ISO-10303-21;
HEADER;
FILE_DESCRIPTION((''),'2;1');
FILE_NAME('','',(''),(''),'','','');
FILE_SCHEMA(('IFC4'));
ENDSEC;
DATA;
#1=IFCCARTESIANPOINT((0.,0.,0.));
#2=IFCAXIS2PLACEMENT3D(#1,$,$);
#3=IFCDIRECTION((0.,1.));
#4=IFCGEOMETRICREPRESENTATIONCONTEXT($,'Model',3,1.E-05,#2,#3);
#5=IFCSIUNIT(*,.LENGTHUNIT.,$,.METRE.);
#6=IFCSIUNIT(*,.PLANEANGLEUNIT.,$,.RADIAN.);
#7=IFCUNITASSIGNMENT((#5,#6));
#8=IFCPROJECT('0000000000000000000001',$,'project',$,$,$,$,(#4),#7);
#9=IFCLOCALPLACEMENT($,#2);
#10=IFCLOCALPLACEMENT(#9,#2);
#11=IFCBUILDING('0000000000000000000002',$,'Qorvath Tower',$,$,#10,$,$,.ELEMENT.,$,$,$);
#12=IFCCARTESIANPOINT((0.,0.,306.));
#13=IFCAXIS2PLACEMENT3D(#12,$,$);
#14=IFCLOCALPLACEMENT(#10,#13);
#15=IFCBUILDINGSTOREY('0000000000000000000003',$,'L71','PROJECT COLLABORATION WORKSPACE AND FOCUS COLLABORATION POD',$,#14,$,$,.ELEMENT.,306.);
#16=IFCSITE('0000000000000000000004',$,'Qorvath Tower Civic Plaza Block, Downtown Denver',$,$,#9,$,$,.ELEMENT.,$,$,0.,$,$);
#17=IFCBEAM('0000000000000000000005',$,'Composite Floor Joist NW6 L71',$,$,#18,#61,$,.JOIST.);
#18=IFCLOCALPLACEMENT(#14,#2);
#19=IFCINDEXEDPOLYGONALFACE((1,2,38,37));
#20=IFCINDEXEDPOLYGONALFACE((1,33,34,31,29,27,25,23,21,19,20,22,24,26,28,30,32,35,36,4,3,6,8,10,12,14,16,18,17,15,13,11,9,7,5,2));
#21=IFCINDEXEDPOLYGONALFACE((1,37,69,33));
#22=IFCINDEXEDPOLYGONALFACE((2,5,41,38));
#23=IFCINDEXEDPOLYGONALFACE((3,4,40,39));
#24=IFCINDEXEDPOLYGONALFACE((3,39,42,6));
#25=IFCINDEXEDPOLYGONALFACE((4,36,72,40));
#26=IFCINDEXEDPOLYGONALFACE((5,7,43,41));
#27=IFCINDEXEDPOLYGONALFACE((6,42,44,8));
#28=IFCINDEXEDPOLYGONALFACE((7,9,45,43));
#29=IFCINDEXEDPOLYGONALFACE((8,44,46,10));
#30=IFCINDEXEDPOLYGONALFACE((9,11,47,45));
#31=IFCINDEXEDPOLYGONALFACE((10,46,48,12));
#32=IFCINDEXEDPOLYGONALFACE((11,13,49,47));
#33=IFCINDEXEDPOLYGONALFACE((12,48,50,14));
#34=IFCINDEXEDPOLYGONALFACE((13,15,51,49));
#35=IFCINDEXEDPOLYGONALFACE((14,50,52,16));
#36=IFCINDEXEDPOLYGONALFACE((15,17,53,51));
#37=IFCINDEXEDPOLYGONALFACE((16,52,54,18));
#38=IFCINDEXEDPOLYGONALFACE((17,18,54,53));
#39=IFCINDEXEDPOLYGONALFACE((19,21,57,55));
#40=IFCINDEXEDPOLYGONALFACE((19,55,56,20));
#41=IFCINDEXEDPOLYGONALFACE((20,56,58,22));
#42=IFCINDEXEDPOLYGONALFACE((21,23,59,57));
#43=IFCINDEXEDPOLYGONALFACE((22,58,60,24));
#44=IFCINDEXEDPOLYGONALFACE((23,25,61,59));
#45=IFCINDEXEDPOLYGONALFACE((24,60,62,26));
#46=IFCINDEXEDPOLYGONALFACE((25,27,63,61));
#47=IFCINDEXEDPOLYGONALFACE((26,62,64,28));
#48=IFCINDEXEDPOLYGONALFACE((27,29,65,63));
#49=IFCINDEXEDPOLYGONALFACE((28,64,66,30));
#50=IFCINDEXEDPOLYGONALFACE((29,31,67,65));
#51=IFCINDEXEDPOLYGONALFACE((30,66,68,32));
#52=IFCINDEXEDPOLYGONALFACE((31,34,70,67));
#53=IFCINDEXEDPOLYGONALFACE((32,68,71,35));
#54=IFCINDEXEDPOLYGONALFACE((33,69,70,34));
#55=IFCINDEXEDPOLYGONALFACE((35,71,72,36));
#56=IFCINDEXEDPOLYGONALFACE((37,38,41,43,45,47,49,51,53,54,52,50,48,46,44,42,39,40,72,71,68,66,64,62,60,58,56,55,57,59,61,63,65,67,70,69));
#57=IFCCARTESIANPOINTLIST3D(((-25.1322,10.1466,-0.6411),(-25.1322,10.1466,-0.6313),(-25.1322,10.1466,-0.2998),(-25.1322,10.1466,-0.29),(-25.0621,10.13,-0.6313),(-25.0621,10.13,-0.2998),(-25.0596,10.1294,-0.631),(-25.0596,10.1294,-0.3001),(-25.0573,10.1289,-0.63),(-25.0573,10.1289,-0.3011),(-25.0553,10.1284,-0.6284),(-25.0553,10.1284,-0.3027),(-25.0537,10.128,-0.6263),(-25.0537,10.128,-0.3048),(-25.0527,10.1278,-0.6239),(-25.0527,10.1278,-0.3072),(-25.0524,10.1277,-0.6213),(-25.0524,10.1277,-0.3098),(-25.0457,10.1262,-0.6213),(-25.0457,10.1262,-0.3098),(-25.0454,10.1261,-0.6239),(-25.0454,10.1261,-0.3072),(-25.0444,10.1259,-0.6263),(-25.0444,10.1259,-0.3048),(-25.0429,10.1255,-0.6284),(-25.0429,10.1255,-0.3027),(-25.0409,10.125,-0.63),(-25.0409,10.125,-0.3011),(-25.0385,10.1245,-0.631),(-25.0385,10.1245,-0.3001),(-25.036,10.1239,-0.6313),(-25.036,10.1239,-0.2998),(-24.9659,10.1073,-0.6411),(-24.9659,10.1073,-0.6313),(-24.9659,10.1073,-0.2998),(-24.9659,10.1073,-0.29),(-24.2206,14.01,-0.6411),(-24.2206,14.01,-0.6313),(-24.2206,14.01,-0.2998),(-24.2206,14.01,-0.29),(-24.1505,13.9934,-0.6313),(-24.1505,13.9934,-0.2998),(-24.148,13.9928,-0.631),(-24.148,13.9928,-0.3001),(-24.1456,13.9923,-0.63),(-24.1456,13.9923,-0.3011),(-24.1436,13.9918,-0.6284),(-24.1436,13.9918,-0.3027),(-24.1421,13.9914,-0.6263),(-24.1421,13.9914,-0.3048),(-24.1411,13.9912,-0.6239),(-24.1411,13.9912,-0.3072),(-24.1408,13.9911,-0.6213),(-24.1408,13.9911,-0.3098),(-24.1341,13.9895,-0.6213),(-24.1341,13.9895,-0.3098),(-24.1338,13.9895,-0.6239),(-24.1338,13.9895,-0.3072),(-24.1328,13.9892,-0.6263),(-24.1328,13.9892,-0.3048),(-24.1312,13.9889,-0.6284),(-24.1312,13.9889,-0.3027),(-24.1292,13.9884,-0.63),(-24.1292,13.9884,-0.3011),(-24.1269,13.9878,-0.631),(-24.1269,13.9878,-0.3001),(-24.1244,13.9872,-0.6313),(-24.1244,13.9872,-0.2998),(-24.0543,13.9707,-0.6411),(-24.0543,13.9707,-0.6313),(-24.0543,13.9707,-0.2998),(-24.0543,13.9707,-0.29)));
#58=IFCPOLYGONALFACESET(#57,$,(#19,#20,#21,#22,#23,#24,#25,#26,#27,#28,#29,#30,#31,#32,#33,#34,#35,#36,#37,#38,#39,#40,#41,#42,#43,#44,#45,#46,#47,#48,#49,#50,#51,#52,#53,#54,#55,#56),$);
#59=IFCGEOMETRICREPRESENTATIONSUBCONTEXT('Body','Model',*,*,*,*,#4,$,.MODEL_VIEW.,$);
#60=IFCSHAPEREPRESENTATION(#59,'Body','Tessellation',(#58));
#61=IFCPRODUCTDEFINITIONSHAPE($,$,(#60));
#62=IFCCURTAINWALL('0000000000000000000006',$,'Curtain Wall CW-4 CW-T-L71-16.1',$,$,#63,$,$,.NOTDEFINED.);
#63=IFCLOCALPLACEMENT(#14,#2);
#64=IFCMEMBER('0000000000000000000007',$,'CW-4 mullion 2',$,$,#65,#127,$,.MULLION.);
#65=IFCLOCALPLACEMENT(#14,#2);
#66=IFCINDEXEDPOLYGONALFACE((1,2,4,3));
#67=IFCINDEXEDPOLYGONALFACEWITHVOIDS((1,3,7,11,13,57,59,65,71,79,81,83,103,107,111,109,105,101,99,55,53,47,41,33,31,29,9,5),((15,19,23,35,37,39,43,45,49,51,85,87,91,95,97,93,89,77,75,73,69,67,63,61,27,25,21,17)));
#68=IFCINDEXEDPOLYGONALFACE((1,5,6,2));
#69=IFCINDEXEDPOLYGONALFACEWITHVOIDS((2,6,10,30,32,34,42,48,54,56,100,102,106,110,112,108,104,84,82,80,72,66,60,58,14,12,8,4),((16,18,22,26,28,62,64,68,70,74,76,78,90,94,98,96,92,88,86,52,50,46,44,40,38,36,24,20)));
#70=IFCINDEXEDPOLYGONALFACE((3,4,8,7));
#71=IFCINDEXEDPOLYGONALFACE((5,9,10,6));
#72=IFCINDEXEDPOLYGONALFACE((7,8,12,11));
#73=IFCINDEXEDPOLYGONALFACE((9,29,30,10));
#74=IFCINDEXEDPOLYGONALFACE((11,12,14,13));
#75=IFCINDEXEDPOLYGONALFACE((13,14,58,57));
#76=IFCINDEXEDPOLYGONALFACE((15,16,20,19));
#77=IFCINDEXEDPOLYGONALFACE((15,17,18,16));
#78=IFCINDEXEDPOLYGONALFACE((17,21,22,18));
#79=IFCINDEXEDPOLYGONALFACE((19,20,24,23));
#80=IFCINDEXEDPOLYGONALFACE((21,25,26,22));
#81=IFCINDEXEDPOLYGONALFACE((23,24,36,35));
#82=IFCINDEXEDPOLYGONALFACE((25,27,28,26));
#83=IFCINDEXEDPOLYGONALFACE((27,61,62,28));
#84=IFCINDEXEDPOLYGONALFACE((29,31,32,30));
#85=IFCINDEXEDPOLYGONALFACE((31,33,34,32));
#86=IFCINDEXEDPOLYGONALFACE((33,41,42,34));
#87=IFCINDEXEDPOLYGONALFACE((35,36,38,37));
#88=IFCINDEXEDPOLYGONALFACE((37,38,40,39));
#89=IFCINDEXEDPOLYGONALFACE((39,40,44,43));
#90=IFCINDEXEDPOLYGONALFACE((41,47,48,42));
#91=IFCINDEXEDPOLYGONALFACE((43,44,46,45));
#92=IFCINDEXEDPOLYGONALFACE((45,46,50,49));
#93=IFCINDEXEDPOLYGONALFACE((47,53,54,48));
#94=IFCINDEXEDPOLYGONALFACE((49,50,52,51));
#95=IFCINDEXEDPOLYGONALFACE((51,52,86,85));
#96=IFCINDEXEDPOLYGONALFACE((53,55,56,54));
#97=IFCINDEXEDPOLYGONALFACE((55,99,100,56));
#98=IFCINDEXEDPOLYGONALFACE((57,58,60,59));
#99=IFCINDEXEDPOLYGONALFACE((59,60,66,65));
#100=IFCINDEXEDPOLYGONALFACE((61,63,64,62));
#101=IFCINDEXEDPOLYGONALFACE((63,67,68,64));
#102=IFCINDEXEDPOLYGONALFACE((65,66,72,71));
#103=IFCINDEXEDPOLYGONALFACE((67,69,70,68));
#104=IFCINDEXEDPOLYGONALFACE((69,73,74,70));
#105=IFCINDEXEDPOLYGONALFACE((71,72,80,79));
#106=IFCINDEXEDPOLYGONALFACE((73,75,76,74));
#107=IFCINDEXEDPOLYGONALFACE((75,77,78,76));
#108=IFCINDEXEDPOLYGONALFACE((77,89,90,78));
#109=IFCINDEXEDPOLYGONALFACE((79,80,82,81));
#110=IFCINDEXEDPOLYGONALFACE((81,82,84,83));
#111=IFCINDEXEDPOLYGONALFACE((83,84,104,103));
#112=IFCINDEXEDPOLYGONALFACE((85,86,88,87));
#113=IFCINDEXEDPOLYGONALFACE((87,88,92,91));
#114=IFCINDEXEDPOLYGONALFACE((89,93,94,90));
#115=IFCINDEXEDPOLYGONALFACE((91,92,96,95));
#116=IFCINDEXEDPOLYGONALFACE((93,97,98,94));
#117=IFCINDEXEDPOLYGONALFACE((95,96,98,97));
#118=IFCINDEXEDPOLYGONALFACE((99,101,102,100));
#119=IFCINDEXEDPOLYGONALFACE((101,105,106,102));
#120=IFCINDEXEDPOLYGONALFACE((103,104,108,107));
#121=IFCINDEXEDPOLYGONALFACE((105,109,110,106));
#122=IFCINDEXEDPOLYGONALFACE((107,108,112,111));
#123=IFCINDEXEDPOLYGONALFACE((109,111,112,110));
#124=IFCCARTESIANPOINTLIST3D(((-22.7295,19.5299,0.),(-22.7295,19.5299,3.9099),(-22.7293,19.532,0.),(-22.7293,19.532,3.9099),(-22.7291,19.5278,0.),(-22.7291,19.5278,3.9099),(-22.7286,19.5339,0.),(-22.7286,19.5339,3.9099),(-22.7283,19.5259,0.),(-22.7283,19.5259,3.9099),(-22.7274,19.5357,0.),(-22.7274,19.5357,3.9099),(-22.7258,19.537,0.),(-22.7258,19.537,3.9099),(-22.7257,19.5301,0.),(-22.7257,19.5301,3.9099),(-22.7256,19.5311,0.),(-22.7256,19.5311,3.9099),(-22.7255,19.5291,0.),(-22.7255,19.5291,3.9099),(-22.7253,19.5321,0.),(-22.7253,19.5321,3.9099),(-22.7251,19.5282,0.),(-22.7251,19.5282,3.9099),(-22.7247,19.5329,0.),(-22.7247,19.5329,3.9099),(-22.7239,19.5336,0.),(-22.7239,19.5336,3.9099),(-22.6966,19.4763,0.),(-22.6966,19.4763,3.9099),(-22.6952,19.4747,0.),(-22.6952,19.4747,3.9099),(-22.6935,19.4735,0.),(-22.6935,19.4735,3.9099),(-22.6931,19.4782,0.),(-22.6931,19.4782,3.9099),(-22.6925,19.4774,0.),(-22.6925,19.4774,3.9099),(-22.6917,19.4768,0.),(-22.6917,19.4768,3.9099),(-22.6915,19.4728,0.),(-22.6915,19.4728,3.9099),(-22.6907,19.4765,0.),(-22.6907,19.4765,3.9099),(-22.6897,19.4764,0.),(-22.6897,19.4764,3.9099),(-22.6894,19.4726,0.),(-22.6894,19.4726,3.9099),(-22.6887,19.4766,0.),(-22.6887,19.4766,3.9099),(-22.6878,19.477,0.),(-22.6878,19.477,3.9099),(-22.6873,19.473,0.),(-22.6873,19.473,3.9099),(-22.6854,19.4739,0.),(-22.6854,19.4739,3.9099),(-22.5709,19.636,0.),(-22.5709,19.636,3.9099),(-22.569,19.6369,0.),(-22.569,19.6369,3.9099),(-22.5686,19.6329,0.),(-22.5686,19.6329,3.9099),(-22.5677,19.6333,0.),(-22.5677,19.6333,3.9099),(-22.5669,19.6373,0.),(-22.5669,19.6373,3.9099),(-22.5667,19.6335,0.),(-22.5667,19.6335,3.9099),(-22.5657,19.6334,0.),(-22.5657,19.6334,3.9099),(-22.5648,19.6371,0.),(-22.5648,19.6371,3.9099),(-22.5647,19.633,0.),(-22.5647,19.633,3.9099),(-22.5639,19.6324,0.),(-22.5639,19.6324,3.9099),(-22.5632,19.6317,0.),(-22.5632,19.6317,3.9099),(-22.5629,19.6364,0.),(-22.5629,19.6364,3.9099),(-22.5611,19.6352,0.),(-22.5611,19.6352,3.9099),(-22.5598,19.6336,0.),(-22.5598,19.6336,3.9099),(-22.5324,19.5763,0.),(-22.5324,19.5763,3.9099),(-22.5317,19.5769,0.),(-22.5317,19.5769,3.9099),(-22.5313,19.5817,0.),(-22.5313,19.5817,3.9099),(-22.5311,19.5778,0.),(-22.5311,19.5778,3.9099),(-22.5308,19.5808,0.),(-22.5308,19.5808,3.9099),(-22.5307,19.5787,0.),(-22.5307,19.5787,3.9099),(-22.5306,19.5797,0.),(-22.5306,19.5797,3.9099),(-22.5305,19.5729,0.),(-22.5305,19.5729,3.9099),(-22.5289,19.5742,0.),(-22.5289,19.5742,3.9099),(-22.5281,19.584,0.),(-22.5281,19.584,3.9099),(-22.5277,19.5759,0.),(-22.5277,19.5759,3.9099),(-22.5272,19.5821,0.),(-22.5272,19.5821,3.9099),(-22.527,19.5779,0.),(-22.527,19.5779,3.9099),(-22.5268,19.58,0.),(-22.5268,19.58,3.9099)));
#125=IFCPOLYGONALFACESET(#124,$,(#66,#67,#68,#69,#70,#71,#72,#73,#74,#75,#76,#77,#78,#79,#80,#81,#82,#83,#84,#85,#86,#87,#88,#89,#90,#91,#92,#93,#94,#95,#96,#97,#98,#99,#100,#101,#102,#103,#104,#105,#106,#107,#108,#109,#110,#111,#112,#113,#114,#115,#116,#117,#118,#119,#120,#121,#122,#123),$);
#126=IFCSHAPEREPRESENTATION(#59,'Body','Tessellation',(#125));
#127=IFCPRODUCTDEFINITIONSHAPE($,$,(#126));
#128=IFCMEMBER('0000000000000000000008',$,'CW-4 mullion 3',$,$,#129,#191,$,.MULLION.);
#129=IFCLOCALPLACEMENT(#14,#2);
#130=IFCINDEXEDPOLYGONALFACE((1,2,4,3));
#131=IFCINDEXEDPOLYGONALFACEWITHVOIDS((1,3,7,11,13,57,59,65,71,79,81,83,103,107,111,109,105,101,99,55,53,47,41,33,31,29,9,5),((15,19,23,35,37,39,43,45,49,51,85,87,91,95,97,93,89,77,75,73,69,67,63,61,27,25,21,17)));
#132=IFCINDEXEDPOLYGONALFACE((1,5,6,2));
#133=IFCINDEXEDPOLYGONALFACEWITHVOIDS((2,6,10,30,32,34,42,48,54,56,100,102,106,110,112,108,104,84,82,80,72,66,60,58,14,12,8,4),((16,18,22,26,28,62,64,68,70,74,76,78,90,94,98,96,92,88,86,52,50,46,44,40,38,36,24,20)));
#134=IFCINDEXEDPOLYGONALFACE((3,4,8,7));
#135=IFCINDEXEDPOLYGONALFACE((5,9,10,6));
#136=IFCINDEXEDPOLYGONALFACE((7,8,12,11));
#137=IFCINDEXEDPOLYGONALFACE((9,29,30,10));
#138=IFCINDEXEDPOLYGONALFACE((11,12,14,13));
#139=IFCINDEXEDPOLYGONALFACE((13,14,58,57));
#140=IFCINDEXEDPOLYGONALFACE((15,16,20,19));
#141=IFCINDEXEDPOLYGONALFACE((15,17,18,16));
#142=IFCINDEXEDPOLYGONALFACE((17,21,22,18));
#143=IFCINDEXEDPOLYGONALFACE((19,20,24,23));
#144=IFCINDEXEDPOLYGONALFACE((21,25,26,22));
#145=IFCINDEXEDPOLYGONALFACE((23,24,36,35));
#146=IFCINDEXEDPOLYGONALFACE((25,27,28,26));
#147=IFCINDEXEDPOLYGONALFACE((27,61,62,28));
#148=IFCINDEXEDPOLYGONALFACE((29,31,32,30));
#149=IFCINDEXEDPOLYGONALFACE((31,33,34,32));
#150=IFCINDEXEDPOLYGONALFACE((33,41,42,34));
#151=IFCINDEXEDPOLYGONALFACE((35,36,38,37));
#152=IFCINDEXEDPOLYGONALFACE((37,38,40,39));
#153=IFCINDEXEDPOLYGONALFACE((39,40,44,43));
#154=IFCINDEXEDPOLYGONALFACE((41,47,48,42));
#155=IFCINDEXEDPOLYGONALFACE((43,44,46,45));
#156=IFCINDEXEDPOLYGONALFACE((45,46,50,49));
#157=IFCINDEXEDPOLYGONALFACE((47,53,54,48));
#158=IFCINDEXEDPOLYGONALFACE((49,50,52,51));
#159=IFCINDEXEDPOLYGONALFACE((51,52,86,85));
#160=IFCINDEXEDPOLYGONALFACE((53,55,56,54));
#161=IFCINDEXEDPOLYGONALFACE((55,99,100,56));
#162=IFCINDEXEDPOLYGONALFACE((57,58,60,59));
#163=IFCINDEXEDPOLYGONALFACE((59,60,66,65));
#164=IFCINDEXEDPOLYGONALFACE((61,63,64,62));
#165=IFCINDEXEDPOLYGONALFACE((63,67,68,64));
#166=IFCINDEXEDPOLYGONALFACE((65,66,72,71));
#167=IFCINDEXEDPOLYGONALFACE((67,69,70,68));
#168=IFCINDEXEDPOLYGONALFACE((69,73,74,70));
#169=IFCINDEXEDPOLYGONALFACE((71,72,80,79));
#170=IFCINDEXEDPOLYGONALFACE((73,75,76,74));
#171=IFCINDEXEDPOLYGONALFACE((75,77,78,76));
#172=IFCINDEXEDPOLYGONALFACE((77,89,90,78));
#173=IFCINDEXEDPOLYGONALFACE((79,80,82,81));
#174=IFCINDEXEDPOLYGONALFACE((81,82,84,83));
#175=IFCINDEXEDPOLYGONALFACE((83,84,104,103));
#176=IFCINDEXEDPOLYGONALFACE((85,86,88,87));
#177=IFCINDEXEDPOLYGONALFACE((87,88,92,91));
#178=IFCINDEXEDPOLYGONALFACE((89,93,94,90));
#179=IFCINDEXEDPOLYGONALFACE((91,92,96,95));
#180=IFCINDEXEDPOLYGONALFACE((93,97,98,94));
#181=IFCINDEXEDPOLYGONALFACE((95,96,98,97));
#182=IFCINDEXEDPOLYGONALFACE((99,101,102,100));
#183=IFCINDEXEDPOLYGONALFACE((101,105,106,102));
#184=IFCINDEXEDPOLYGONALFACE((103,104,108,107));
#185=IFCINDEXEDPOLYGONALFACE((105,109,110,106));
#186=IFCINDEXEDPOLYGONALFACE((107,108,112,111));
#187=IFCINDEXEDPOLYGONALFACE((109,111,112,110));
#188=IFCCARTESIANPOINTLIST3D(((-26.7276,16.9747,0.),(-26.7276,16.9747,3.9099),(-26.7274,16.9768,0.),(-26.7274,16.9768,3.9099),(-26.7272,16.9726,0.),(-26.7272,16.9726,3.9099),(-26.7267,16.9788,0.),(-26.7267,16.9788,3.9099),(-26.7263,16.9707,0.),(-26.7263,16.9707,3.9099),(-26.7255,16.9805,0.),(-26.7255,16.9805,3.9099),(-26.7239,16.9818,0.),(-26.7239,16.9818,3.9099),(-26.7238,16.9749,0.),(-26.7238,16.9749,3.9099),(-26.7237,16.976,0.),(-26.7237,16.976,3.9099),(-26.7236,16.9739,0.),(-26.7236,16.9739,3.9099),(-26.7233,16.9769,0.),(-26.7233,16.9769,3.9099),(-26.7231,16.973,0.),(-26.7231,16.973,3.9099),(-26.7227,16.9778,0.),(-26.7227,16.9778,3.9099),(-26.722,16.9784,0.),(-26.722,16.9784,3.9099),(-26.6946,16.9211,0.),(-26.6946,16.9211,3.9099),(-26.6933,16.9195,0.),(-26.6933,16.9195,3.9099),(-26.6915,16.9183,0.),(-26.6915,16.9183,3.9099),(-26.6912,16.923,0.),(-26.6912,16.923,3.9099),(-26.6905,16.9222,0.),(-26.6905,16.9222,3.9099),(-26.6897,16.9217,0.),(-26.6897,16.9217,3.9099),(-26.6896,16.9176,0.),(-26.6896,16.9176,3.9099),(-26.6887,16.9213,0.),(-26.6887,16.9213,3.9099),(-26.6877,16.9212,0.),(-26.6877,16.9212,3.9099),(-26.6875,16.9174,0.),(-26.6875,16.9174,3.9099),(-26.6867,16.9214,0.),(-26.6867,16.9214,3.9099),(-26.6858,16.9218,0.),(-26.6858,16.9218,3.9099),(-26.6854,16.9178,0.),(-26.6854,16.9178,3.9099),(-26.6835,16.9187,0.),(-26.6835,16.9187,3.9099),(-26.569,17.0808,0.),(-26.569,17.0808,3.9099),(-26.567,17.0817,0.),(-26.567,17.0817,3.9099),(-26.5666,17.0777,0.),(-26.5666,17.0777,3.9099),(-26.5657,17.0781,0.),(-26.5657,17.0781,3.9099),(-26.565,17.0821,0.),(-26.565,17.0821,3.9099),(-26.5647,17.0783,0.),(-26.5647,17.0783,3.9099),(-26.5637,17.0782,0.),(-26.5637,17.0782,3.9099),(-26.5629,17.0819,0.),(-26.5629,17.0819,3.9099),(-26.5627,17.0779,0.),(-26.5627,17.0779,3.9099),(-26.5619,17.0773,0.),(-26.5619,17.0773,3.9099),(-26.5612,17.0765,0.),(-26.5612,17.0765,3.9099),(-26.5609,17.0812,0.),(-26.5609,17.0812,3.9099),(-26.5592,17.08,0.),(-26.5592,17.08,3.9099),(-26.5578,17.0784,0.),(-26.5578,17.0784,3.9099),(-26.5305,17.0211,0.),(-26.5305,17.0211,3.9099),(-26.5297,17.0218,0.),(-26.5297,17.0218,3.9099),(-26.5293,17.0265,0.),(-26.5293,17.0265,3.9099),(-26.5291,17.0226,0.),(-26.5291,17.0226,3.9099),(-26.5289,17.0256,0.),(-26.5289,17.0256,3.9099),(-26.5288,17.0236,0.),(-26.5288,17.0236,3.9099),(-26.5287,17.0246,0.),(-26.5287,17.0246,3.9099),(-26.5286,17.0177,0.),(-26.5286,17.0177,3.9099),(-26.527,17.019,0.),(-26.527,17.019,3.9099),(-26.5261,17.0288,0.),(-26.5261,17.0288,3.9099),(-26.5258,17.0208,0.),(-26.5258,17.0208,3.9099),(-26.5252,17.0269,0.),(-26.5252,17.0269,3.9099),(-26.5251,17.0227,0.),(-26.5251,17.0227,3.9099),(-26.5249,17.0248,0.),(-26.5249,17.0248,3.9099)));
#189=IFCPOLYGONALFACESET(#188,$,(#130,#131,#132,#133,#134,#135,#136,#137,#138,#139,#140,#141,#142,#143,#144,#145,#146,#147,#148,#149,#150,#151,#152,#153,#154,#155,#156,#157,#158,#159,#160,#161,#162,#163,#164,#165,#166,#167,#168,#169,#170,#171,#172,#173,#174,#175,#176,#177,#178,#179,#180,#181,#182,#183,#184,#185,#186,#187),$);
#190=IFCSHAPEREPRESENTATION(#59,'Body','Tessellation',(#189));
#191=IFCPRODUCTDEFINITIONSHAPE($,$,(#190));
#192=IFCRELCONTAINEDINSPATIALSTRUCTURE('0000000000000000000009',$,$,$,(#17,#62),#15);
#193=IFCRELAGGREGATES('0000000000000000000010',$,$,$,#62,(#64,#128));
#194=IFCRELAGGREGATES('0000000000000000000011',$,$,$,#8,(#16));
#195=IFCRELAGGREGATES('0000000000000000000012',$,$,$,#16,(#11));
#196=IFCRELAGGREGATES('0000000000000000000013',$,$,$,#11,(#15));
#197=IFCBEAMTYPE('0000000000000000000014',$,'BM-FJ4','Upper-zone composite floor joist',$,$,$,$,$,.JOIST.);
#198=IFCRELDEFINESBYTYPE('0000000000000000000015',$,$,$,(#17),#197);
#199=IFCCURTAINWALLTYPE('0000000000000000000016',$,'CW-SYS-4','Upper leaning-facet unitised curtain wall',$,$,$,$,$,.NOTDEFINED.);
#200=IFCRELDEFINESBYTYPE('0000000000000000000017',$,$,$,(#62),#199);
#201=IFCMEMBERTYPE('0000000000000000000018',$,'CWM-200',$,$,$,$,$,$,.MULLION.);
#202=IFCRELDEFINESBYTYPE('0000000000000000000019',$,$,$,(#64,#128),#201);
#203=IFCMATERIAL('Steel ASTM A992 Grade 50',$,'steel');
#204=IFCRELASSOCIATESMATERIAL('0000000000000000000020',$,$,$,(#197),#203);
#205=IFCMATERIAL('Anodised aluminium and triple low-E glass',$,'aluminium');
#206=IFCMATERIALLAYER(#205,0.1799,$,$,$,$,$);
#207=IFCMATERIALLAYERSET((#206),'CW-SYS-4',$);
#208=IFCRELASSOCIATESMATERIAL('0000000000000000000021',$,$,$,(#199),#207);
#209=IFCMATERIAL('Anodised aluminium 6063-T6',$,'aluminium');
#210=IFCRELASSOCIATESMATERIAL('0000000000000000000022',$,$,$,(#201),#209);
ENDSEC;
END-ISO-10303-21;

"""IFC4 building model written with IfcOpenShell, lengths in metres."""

from ifc_helpers import new_model, si_unit, direction, frame, origin, origin_2d, place, context, subcontext, project, spatial, hollow_rectangle, i_section, extrude, material, layer, layer_set, material_profile, profile_set, type_object, element, aggregate, save


model = new_model("IFC4")

# Units and contexts
model_context = context("Model", 3, precision=1e-05, world=origin(), true_north=direction((0.0, 1.0)))
body_context = subcontext(model_context, "Body", "Model", "MODEL_VIEW")
ifc_project = project(units=[si_unit("LENGTHUNIT", "METRE"), si_unit("PLANEANGLEUNIT", "RADIAN")], contexts=[model_context])

# Site, building, storey
site_placement = place(None, origin())
site = spatial("IfcSite", under=ifc_project, at=site_placement, Name="Qorvath Tower Civic Plaza Block, Downtown Denver", CompositionType="ELEMENT", RefElevation=0.0)
building_placement = place(site_placement, origin())
building = spatial("IfcBuilding", under=site, at=building_placement, Name="Qorvath Tower", CompositionType="ELEMENT")
storey_placement = place(building_placement, frame((0.0, 0.0, 306.0)))
storey = spatial("IfcBuildingStorey", under=building, at=storey_placement, Name="L71", Description="PROJECT COLLABORATION WORKSPACE AND FOCUS COLLABORATION POD", CompositionType="ELEMENT", Elevation=306.0)

# Beam
ifc_material_1 = material(Name="Steel ASTM A992 Grade 50", Category="steel")
ifc_material_profile_1 = material_profile(ifc_material_1, i_section(OverallWidth=0.1709, OverallDepth=0.3511, WebThickness=0.0068, FlangeThickness=0.0098, FilletRadius=0.01, at=origin_2d()), Name="W14x30")
ifc_profile_set_1 = profile_set([ifc_material_profile_1], Name="Steel ASTM A992 Grade 50")
beam_type_1 = type_object("IfcBeamType", Name="BM-FJ4", Description="Upper-zone composite floor joist", PredefinedType="JOIST", material=ifc_profile_set_1)
beam_1_placement = place(storey_placement, frame((-25.0491, 10.127, -0.4656), z_axis=(0.229663, 0.97327, 0.0), x_axis=(-0.97327, 0.229663, 0.0)))
element("IfcBeam", 1, at=beam_1_placement, inside=storey, type_object=beam_type_1, Name="Composite Floor Joist NW6 L71", PredefinedType="JOIST", context=body_context, shape_type="SweptSolid", body=[
    extrude(i_section(OverallWidth=0.1709, OverallDepth=0.3511, WebThickness=0.0068, FlangeThickness=0.0098, FilletRadius=0.01, at=origin_2d()), origin(), (0.0, 0.0, 1.0), 3.9695),
])

# Curtain wall, members
ifc_material_2 = material(Name="Anodised aluminium and triple low-E glass", Category="aluminium")
ifc_layer_1 = layer(ifc_material_2, 0.1799)
ifc_layer_set_1 = layer_set([ifc_layer_1], Name="CW-SYS-4")
curtain_wall_type = type_object("IfcCurtainWallType", Name="CW-SYS-4", Description="Upper leaning-facet unitised curtain wall", PredefinedType="NOTDEFINED", material=ifc_layer_set_1)
curtain_wall_placement = place(storey_placement, origin())
curtain_wall = element("IfcCurtainWall", 2, at=curtain_wall_placement, inside=storey, type_object=curtain_wall_type, Name="Curtain Wall CW-4 CW-T-L71-16.1", PredefinedType="NOTDEFINED")
ifc_material_3 = material(Name="Anodised aluminium 6063-T6", Category="aluminium")
ifc_material_profile_2 = material_profile(ifc_material_3, hollow_rectangle(XDim=0.075, YDim=0.2, WallThickness=0.0039, InnerFilletRadius=0.0039, OuterFilletRadius=0.0081, at=origin_2d()), Name="CWM 200x75")
ifc_profile_set_2 = profile_set([ifc_material_profile_2], Name="Anodised aluminium 6063-T6")
member_type_1 = type_object("IfcMemberType", Name="CWM-200", PredefinedType="MULLION", material=ifc_profile_set_2)
member_1_placement = place(storey_placement, frame((-22.6282, 19.5549, 0.0), z_axis=(0.0, 0.0, 1.0), x_axis=(0.538533, -0.842604, 0.0)))
member_1 = element("IfcMember", 3, at=member_1_placement, type_object=member_type_1, Name="CW-4 mullion 2", PredefinedType="MULLION", context=body_context, shape_type="SweptSolid", body=[
    extrude(hollow_rectangle(XDim=0.075, YDim=0.2, WallThickness=0.0039, InnerFilletRadius=0.0039, OuterFilletRadius=0.0081, at=origin_2d()), origin(), (0.0, 0.0, 1.0), 3.9099),
])
member_2_placement = place(storey_placement, frame((-26.6262, 16.9998, 0.0), z_axis=(0.0, 0.0, 1.0), x_axis=(0.538533, -0.842604, 0.0)))
member_2 = element("IfcMember", 4, at=member_2_placement, type_object=member_type_1, Name="CW-4 mullion 3", PredefinedType="MULLION", context=body_context, shape_type="SweptSolid", body=[
    extrude(hollow_rectangle(XDim=0.075, YDim=0.2, WallThickness=0.0039, InnerFilletRadius=0.0039, OuterFilletRadius=0.0081, at=origin_2d()), origin(), (0.0, 0.0, 1.0), 3.9099),
])
aggregate(curtain_wall, [member_1, member_2])

save(model, "model.ifc")
